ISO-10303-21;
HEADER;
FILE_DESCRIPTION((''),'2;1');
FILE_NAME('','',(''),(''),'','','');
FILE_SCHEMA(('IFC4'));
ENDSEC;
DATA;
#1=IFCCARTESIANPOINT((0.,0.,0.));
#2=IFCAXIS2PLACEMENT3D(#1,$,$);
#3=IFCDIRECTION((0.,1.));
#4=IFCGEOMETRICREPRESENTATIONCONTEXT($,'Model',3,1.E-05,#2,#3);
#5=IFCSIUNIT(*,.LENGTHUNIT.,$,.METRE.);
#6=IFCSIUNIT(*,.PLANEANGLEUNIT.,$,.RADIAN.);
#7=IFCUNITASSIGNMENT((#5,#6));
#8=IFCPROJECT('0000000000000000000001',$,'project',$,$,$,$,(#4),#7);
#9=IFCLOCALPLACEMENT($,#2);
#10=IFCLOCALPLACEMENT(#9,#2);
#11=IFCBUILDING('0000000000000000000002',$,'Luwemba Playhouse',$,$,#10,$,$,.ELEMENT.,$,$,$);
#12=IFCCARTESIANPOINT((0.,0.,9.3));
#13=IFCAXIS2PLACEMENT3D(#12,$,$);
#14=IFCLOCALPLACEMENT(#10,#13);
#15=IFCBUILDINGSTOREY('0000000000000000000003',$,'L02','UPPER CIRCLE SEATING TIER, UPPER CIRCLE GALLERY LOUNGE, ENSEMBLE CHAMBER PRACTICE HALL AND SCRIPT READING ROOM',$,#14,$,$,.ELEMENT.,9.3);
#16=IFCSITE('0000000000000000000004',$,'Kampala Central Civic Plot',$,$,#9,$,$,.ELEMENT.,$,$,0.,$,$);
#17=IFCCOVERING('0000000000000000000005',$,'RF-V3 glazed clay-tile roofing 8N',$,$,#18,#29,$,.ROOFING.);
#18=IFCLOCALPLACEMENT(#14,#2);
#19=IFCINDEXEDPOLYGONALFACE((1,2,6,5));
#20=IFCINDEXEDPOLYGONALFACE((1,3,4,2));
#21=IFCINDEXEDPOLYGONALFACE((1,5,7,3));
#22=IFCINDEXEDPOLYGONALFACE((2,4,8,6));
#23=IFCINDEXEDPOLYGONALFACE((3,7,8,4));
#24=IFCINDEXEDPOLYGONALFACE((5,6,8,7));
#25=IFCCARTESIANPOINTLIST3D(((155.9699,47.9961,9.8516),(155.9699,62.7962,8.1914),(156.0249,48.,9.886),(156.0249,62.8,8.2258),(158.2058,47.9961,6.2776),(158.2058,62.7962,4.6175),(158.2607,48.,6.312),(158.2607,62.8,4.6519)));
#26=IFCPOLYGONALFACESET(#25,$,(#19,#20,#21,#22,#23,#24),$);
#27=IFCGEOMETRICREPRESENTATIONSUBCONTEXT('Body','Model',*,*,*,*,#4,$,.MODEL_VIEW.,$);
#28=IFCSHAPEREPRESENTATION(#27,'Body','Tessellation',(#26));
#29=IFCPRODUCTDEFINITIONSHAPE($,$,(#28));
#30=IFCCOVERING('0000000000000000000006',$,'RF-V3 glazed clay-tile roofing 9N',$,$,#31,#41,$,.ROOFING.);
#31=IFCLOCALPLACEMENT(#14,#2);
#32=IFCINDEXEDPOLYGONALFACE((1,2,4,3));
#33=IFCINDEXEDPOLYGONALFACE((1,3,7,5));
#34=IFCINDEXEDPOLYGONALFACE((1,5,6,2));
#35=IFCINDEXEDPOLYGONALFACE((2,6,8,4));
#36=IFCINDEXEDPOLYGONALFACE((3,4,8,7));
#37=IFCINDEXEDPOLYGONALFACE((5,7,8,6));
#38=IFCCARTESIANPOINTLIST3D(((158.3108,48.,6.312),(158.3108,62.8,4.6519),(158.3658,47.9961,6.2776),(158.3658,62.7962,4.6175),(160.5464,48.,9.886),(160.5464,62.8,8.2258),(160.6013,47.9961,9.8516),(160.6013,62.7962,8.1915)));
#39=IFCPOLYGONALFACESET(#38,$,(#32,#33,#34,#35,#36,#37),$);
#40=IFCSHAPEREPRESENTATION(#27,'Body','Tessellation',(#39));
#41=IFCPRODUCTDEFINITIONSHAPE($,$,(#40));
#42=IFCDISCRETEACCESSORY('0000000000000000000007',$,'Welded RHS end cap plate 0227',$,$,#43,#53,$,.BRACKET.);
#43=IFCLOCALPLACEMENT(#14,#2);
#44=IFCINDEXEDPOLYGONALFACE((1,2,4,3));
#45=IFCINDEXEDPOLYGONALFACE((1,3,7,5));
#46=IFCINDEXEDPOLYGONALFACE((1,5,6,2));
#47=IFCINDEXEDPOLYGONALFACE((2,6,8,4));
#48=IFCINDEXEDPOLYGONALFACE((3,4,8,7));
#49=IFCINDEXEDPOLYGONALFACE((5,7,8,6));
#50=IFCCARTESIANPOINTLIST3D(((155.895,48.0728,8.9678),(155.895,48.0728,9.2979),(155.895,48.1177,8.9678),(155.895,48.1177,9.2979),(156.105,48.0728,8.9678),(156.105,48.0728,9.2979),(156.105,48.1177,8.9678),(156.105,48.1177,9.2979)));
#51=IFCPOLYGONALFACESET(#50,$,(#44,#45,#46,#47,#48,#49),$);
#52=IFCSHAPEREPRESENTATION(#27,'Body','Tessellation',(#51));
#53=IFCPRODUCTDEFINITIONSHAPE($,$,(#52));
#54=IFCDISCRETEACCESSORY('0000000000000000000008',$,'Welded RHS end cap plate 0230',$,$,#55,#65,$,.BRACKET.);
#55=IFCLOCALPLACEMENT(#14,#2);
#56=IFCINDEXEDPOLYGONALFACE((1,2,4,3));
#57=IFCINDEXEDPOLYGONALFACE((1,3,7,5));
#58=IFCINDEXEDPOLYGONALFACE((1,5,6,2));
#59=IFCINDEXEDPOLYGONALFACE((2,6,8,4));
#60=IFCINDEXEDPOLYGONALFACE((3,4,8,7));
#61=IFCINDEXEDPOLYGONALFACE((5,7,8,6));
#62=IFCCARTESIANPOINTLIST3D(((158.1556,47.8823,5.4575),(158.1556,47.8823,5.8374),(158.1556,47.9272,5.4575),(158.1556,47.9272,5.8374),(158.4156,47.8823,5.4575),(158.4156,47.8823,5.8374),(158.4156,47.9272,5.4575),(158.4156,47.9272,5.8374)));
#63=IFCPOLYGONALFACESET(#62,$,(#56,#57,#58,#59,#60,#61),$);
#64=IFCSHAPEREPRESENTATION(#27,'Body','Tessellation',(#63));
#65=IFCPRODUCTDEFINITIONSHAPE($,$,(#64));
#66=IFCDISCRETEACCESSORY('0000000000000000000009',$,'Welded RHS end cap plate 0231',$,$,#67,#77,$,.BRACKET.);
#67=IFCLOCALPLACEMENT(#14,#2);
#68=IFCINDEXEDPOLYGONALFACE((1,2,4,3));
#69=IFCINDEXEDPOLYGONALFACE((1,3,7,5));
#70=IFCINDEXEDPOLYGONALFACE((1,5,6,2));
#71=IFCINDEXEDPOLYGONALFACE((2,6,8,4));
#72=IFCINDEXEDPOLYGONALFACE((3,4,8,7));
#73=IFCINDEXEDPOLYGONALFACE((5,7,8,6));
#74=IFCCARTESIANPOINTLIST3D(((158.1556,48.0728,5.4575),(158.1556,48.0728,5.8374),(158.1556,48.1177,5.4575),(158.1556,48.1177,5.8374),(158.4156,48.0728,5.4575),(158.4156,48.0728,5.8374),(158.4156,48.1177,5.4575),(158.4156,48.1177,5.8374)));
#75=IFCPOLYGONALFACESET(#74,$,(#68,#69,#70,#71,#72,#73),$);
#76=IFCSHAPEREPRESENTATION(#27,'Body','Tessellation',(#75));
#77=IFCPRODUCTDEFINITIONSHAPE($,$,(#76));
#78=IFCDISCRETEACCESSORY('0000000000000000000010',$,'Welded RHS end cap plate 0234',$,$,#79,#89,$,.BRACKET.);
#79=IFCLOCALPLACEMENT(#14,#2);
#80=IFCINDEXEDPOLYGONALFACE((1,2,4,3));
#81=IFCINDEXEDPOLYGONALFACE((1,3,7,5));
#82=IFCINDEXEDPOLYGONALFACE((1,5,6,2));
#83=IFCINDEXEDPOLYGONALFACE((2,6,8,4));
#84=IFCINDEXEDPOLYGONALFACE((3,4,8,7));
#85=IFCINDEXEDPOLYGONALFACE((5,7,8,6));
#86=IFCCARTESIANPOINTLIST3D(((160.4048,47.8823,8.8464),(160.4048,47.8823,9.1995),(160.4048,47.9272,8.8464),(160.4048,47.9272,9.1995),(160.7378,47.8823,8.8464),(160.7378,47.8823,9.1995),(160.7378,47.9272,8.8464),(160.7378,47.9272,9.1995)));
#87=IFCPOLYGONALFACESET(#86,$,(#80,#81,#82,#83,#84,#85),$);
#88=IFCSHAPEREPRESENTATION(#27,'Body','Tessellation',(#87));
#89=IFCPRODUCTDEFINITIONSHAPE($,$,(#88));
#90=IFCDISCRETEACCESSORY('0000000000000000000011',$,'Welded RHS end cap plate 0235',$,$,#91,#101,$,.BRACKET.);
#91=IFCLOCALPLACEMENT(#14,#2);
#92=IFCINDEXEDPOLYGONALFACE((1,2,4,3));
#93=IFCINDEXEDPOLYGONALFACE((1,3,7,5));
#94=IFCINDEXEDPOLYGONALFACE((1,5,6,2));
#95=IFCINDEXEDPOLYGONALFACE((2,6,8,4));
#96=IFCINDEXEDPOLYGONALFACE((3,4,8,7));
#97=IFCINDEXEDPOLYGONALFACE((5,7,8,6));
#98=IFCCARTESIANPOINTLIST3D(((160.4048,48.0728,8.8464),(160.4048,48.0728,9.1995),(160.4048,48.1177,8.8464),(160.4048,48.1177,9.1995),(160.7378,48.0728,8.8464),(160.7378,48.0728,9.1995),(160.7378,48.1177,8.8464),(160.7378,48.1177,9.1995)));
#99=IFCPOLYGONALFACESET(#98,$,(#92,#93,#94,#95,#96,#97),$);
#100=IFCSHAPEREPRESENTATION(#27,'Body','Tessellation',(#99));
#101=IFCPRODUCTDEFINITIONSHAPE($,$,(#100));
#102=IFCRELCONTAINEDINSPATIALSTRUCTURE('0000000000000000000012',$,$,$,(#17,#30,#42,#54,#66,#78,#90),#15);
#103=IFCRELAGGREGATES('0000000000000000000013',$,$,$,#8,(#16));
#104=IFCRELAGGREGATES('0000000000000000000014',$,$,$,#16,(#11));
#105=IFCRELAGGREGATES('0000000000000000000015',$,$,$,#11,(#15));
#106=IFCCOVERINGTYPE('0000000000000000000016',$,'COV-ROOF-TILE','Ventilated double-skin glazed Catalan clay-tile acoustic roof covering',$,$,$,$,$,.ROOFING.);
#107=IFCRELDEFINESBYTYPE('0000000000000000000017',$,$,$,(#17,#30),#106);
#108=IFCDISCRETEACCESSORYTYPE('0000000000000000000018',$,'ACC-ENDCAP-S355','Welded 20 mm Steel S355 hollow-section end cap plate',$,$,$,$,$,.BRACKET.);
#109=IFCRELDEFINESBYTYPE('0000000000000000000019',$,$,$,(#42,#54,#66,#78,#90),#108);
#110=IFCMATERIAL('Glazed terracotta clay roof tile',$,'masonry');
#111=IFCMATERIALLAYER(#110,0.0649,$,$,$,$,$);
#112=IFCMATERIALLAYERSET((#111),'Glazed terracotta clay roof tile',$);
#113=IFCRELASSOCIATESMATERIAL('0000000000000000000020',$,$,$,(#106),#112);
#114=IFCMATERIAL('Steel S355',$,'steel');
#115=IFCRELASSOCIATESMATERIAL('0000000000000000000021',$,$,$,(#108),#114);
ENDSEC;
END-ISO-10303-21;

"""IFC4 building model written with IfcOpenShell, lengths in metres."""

from ifc_helpers import new_model, si_unit, direction, frame, origin, origin_2d, place, context, subcontext, project, spatial, polyline, rectangle, outline, extrude, material, layer, layer_set, type_object, element, save


model = new_model("IFC4")

# Units and contexts
model_context = context("Model", 3, precision=1e-05, world=origin(), true_north=direction((0.0, 1.0)))
body_context = subcontext(model_context, "Body", "Model", "MODEL_VIEW")
ifc_project = project(units=[si_unit("LENGTHUNIT", "METRE"), si_unit("PLANEANGLEUNIT", "RADIAN")], contexts=[model_context])

# Site, building, storey
site_placement = place(None, origin())
site = spatial("IfcSite", under=ifc_project, at=site_placement, Name="Kampala Central Civic Plot", CompositionType="ELEMENT", RefElevation=0.0)
building_placement = place(site_placement, origin())
building = spatial("IfcBuilding", under=site, at=building_placement, Name="Luwemba Playhouse", CompositionType="ELEMENT")
storey_placement = place(building_placement, frame((0.0, 0.0, 9.3)))
storey = spatial("IfcBuildingStorey", under=building, at=storey_placement, Name="L02", Description="UPPER CIRCLE SEATING TIER, UPPER CIRCLE GALLERY LOUNGE, ENSEMBLE CHAMBER PRACTICE HALL AND SCRIPT READING ROOM", CompositionType="ELEMENT", Elevation=9.3)

# Shared definitions
ifc_material_1 = material(Name="Steel S355", Category="steel")

# Coverings
ifc_material_2 = material(Name="Glazed terracotta clay roof tile", Category="masonry")
ifc_layer_1 = layer(ifc_material_2, 0.0649)
ifc_layer_set_1 = layer_set([ifc_layer_1], Name="Glazed terracotta clay roof tile")
covering_type = type_object("IfcCoveringType", Name="COV-ROOF-TILE", Description="Ventilated double-skin glazed Catalan clay-tile acoustic roof covering", PredefinedType="ROOFING", material=ifc_layer_set_1)
covering_1_placement = place(storey_placement, frame((156.0249, 48.0, 9.886), z_axis=(0.846277, 0.059387, 0.529422), x_axis=(0.530358, 0.0, -0.847774)))
element("IfcCovering", 1, at=covering_1_placement, inside=storey, type_object=covering_type, Name="RF-V3 glazed clay-tile roofing 8N", PredefinedType="ROOFING", context=body_context, shape_type="SweptSolid", body=[
    extrude(outline(polyline([(0.0, 0.0), (4.2157, 0.0), (5.6232, 14.8262), (1.4074, 14.8262), (0.0, 0.0)])), origin(), (0.0, 0.0, -1.0), 0.0649),
])
covering_2_placement = place(storey_placement, frame((158.3108, 48.0, 6.312), z_axis=(-0.846304, 0.059382, 0.529381), x_axis=(0.530316, 0.0, 0.8478)))
element("IfcCovering", 2, at=covering_2_placement, inside=storey, type_object=covering_type, Name="RF-V3 glazed clay-tile roofing 9N", PredefinedType="ROOFING", context=body_context, shape_type="SweptSolid", body=[
    extrude(outline(polyline([(0.0, 0.0), (4.2156, 0.0), (2.8081, 14.8262), (-1.4075, 14.8262), (0.0, 0.0)])), origin(), (0.0, 0.0, -1.0), 0.0649),
])

# Discrete accessories
discrete_accessory_type = type_object("IfcDiscreteAccessoryType", Name="ACC-ENDCAP-S355", Description="Welded 20 mm Steel S355 hollow-section end cap plate", PredefinedType="BRACKET", material=ifc_material_1)
discrete_accessory_placement = place(storey_placement, frame((156.0, 48.0952, 8.9678), z_axis=(0.0, 0.0, 1.0), x_axis=(1.0, 0.0, 0.0)))
element("IfcDiscreteAccessory", 3, at=discrete_accessory_placement, inside=storey, type_object=discrete_accessory_type, Name="Welded RHS end cap plate 0227", PredefinedType="BRACKET", context=body_context, shape_type="SweptSolid", body=[
    extrude(rectangle(XDim=0.21, YDim=0.0449, at=origin_2d()), origin(), (0.0, 0.0, 1.0), 0.3301),
])
for number, where, z_axis, x_axis, name in (
    (4, (158.2856, 47.9048, 5.4575), (0.0, 0.0, 1.0), (1.0, 0.0, 0.0), "Welded RHS end cap plate 0230"),
    (5, (158.2856, 48.0952, 5.4575), (0.0, 0.0, 1.0), (1.0, 0.0, 0.0), "Welded RHS end cap plate 0231"),
):
    element("IfcDiscreteAccessory", number, at=place(storey_placement, frame(where, z_axis=z_axis, x_axis=x_axis)), inside=storey, type_object=discrete_accessory_type, Name=name, PredefinedType="BRACKET", context=body_context, shape_type="SweptSolid", body=[
        extrude(rectangle(XDim=0.26, YDim=0.0449, at=origin_2d()), origin(), (0.0, 0.0, 1.0), 0.3799),
    ])
for number, where, z_axis, x_axis, name in (
    (6, (160.5713, 47.9048, 8.8464), (0.0, 0.0, 1.0), (1.0, 0.0, 0.0), "Welded RHS end cap plate 0234"),
    (7, (160.5713, 48.0952, 8.8464), (0.0, 0.0, 1.0), (1.0, 0.0, 0.0), "Welded RHS end cap plate 0235"),
):
    element("IfcDiscreteAccessory", number, at=place(storey_placement, frame(where, z_axis=z_axis, x_axis=x_axis)), inside=storey, type_object=discrete_accessory_type, Name=name, PredefinedType="BRACKET", context=body_context, shape_type="SweptSolid", body=[
        extrude(rectangle(XDim=0.333, YDim=0.0449, at=origin_2d()), origin(), (0.0, 0.0, 1.0), 0.353),
    ])

save(model, "model.ifc")
